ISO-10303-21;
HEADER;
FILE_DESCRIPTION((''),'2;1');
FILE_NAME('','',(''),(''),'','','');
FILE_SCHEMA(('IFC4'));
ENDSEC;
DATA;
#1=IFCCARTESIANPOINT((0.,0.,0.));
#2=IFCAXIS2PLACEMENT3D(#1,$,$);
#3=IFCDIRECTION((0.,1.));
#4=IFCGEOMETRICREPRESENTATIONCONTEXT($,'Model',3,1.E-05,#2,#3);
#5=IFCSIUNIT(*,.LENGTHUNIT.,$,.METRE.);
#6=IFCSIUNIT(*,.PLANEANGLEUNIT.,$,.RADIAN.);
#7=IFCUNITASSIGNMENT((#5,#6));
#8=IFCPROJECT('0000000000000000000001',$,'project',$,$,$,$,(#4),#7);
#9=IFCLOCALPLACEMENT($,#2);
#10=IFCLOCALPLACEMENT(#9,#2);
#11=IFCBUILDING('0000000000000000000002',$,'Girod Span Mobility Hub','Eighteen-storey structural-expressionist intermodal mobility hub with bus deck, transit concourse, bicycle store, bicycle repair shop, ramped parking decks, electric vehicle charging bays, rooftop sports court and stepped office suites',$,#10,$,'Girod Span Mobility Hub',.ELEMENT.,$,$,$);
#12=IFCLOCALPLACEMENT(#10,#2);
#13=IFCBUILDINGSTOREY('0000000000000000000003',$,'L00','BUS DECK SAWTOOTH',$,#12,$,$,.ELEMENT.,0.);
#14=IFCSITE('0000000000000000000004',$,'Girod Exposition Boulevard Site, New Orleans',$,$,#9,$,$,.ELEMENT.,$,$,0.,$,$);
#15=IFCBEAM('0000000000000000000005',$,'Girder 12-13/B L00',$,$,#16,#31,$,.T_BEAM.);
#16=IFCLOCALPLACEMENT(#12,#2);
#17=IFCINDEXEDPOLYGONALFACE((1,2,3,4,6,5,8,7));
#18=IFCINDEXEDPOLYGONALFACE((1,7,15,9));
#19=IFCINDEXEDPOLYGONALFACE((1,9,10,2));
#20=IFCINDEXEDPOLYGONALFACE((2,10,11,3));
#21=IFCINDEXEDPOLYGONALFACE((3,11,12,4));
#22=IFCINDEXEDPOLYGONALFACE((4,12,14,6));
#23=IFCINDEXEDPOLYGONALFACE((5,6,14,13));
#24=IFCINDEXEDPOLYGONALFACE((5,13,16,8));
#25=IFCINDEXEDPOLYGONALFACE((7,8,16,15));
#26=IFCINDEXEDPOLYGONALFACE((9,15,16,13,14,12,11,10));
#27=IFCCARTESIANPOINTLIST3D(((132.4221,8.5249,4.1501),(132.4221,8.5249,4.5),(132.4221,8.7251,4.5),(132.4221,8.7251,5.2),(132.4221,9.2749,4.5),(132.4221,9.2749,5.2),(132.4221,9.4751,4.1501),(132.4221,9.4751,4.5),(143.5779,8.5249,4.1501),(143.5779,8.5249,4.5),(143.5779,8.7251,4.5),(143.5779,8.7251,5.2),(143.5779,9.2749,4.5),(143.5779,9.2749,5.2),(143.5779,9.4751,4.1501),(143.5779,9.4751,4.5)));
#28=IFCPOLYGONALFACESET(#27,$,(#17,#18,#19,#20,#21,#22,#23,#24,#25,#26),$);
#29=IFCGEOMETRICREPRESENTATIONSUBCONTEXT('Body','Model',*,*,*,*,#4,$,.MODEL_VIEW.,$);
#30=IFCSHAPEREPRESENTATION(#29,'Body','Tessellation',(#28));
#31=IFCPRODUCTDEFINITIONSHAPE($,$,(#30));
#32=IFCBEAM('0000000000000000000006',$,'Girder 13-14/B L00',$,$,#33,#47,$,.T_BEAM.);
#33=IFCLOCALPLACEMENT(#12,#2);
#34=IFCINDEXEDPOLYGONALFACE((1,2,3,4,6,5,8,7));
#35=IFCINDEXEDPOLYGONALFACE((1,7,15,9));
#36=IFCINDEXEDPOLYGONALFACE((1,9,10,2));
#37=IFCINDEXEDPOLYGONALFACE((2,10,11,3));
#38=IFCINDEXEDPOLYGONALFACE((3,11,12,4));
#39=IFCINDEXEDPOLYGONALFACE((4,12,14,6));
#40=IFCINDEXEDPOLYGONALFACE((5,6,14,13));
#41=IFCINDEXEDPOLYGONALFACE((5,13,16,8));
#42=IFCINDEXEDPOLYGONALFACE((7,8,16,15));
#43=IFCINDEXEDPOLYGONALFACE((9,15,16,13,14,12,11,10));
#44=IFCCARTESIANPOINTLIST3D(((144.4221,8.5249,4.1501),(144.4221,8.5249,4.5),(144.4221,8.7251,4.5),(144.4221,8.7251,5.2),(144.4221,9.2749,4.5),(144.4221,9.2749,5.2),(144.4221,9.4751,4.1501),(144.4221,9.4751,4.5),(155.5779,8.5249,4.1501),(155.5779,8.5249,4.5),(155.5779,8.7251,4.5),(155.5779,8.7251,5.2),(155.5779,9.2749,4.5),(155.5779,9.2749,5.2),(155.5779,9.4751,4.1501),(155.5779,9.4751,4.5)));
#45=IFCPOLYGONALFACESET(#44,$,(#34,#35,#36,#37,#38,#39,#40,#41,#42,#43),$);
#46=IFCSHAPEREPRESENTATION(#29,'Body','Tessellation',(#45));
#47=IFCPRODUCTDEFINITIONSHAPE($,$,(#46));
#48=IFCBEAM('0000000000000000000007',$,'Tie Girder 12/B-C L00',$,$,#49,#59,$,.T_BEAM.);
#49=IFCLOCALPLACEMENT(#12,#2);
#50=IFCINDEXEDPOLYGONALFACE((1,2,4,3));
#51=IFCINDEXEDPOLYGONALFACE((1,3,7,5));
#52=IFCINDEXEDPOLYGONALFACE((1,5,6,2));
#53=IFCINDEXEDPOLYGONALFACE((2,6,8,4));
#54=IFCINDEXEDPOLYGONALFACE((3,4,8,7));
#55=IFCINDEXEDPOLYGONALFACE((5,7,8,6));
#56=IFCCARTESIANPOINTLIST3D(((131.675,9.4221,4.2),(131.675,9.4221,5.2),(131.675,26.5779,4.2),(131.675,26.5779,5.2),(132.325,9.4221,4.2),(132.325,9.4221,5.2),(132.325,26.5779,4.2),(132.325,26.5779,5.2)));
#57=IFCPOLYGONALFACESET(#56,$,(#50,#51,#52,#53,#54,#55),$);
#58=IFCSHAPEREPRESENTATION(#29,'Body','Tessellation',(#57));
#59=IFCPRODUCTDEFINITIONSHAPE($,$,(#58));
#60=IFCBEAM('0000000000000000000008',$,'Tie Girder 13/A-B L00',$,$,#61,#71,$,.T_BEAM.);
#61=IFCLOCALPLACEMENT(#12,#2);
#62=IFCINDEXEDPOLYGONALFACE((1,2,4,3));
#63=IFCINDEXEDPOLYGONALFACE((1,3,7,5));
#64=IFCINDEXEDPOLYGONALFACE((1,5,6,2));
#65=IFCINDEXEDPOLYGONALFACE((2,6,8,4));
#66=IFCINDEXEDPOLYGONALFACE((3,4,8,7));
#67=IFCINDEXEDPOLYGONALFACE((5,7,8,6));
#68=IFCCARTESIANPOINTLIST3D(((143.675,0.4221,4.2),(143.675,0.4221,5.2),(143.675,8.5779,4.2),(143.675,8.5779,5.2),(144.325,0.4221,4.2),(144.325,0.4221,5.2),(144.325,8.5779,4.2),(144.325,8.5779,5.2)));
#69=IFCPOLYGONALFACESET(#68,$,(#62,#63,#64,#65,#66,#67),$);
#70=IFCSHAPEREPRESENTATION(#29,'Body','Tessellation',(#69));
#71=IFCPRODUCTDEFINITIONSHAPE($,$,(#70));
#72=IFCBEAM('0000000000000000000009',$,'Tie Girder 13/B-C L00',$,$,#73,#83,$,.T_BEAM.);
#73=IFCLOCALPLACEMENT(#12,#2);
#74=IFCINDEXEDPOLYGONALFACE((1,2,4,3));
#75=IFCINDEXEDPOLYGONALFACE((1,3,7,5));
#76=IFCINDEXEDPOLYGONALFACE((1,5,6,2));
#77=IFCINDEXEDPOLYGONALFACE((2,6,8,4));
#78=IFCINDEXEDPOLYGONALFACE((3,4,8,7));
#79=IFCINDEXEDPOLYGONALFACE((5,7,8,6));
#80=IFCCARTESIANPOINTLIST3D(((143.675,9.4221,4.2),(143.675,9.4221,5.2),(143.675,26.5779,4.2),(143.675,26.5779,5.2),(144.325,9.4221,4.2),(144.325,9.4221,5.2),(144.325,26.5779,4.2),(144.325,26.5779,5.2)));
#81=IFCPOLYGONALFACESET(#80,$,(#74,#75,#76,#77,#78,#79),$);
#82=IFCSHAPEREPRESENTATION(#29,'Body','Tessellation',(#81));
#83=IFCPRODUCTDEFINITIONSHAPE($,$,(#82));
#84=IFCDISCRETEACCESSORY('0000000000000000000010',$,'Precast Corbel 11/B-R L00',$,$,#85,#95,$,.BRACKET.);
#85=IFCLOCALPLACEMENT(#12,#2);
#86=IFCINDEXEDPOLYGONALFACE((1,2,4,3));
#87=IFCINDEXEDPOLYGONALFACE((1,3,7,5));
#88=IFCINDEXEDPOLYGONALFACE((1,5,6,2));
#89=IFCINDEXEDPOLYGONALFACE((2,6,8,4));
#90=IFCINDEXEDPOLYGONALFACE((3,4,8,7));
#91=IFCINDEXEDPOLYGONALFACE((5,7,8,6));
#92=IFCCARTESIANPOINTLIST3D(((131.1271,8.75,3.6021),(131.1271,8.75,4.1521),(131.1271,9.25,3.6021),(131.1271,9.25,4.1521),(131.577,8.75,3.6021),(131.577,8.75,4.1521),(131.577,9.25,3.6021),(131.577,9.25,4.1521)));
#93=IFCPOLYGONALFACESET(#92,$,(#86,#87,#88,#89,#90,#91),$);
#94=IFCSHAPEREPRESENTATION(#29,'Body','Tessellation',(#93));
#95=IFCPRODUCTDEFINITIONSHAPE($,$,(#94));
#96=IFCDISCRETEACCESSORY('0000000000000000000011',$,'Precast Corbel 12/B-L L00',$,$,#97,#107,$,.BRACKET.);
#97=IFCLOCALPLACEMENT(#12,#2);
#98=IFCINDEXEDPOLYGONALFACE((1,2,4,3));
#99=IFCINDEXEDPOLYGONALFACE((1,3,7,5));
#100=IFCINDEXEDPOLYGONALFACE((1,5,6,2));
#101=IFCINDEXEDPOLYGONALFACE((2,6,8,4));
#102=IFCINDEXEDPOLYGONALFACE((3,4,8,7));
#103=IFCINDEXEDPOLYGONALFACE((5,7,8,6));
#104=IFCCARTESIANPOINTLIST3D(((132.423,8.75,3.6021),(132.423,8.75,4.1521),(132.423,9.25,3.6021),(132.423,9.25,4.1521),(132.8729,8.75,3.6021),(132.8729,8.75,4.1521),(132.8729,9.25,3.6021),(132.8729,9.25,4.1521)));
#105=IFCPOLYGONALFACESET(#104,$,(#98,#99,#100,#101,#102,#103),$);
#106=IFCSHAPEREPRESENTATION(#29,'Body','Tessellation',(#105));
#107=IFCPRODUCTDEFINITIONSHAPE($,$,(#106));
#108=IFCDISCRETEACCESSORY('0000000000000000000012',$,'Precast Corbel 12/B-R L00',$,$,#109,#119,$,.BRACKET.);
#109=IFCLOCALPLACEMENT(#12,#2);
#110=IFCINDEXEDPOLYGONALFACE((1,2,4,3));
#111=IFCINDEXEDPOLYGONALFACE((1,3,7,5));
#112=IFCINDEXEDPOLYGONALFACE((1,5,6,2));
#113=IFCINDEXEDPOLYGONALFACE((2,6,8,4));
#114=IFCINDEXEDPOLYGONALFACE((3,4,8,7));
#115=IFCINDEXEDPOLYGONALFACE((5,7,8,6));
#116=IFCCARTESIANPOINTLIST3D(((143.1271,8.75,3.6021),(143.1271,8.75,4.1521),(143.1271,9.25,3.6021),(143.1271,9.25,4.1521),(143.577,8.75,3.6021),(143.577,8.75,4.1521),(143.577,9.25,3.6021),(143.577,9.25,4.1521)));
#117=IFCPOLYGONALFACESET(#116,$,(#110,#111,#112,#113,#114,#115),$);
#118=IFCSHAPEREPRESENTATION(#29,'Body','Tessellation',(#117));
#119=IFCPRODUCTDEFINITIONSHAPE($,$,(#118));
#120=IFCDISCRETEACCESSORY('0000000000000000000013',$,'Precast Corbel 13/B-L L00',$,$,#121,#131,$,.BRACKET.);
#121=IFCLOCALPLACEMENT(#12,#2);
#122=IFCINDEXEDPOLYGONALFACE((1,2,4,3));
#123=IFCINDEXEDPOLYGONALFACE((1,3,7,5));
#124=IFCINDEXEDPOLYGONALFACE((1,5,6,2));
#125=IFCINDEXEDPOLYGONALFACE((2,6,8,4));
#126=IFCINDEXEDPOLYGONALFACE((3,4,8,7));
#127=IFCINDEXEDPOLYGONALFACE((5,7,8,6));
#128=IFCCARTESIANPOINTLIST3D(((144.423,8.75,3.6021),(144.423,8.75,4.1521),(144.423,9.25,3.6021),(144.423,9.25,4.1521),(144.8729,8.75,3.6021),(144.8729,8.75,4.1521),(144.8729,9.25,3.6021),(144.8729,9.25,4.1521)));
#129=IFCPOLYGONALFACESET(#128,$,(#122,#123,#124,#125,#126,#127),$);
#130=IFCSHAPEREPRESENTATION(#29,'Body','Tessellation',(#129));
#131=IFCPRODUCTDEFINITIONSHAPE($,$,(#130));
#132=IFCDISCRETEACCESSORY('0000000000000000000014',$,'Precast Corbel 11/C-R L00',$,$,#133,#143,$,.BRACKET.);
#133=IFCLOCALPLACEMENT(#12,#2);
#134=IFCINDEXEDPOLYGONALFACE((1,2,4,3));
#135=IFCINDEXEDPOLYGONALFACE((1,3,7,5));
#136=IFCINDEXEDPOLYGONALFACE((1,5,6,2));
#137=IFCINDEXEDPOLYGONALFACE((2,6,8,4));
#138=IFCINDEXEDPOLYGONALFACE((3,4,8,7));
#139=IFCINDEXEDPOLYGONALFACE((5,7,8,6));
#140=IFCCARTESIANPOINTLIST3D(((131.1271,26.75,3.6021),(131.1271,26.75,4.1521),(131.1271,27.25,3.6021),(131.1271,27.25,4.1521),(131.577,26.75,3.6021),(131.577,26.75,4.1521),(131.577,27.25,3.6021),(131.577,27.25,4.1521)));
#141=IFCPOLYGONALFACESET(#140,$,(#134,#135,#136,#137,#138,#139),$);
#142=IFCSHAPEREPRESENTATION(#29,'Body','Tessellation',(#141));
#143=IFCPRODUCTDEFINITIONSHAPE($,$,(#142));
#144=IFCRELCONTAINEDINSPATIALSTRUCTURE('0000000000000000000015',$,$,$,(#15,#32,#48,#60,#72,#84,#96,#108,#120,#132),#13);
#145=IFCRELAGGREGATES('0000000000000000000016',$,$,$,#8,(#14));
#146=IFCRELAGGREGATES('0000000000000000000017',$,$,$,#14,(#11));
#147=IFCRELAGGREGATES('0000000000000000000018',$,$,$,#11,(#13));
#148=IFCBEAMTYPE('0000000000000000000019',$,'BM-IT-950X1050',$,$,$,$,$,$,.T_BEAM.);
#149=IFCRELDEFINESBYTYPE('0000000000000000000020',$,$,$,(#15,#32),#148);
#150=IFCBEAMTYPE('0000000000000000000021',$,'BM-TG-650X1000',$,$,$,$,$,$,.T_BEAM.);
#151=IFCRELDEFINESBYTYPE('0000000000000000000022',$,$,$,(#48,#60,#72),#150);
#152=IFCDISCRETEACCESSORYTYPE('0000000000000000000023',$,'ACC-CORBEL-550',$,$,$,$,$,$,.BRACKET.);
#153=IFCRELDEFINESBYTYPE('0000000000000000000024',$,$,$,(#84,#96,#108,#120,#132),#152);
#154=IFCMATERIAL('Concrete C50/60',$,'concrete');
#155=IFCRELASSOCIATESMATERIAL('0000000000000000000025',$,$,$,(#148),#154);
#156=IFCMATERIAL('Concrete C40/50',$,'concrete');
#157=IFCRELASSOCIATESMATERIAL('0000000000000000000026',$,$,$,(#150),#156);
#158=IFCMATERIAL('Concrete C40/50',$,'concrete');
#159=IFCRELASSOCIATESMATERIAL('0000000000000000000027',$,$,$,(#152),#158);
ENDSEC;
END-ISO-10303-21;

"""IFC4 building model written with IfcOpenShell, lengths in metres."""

from ifc_helpers import new_model, si_unit, direction, frame, origin, origin_2d, place, context, subcontext, project, spatial, polyline, rectangle, outline, extrude, material, material_profile, profile_set, type_object, element, save


model = new_model("IFC4")

# Units and contexts
model_context = context("Model", 3, precision=1e-05, world=origin(), true_north=direction((0.0, 1.0)))
body_context = subcontext(model_context, "Body", "Model", "MODEL_VIEW")
ifc_project = project(units=[si_unit("LENGTHUNIT", "METRE"), si_unit("PLANEANGLEUNIT", "RADIAN")], contexts=[model_context])

# Site, building, storey
site_placement = place(None, origin())
site = spatial("IfcSite", under=ifc_project, at=site_placement, Name="Girod Exposition Boulevard Site, New Orleans", CompositionType="ELEMENT", RefElevation=0.0)
building_placement = place(site_placement, origin())
building = spatial("IfcBuilding", under=site, at=building_placement, Name="Girod Span Mobility Hub", Description="Eighteen-storey structural-expressionist intermodal mobility hub with bus deck, transit concourse, bicycle store, bicycle repair shop, ramped parking decks, electric vehicle charging bays, rooftop sports court and stepped office suites", LongName="Girod Span Mobility Hub", CompositionType="ELEMENT")
storey_placement = place(building_placement, origin())
storey = spatial("IfcBuildingStorey", under=building, at=storey_placement, Name="L00", Description="BUS DECK SAWTOOTH", CompositionType="ELEMENT", Elevation=0.0)

# Beams
ifc_material_1 = material(Name="Concrete C50/60", Category="concrete")
ifc_material_profile_1 = material_profile(ifc_material_1, outline(polyline([(-0.4751, -0.5249), (0.4751, -0.5249), (0.4751, -0.175), (0.2749, -0.175), (0.2749, 0.5249), (-0.2749, 0.5249), (-0.2749, -0.175), (-0.4751, -0.175), (-0.4751, -0.5249)])), Name="IT-950X1050")
ifc_profile_set_1 = profile_set([ifc_material_profile_1], Name="Concrete C50/60")
beam_type_1 = type_object("IfcBeamType", Name="BM-IT-950X1050", PredefinedType="T_BEAM", material=ifc_profile_set_1)
for number, where, z_axis, x_axis, name in (
    (1, (132.4221, 9.0, 4.675), (1.0, 0.0, 0.0), (0.0, 1.0, 0.0), "Girder 12-13/B L00"),
    (2, (144.4221, 9.0, 4.675), (1.0, 0.0, 0.0), (0.0, 1.0, 0.0), "Girder 13-14/B L00"),
):
    element("IfcBeam", number, at=place(storey_placement, frame(where, z_axis=z_axis, x_axis=x_axis)), inside=storey, type_object=beam_type_1, Name=name, PredefinedType="T_BEAM", context=body_context, shape_type="SweptSolid", body=[
        extrude(outline(polyline([(-0.4751, -0.5249), (0.4751, -0.5249), (0.4751, -0.175), (0.2749, -0.175), (0.2749, 0.5249), (-0.2749, 0.5249), (-0.2749, -0.175), (-0.4751, -0.175), (-0.4751, -0.5249)])), origin(), (0.0, 0.0, 1.0), 11.1558),
    ])
ifc_material_2 = material(Name="Concrete C40/50", Category="concrete")
ifc_material_profile_2 = material_profile(ifc_material_2, rectangle(XDim=0.6499, YDim=1.0, at=origin_2d()), Name="TG-650X1000")
ifc_profile_set_2 = profile_set([ifc_material_profile_2], Name="Concrete C40/50")
beam_type_2 = type_object("IfcBeamType", Name="BM-TG-650X1000", PredefinedType="T_BEAM", material=ifc_profile_set_2)
beam_1_placement = place(storey_placement, frame((132.0, 9.4221, 4.7), z_axis=(0.0, 1.0, 0.0), x_axis=(-1.0, 0.0, 0.0)))
element("IfcBeam", 3, at=beam_1_placement, inside=storey, type_object=beam_type_2, Name="Tie Girder 12/B-C L00", PredefinedType="T_BEAM", context=body_context, shape_type="SweptSolid", body=[
    extrude(rectangle(XDim=0.6499, YDim=1.0, at=origin_2d()), origin(), (0.0, 0.0, 1.0), 17.1558),
])
beam_2_placement = place(storey_placement, frame((144.0, 0.4221, 4.7), z_axis=(0.0, 1.0, 0.0), x_axis=(-1.0, 0.0, 0.0)))
element("IfcBeam", 4, at=beam_2_placement, inside=storey, type_object=beam_type_2, Name="Tie Girder 13/A-B L00", PredefinedType="T_BEAM", context=body_context, shape_type="SweptSolid", body=[
    extrude(rectangle(XDim=0.6499, YDim=1.0, at=origin_2d()), origin(), (0.0, 0.0, 1.0), 8.1558),
])
beam_3_placement = place(storey_placement, frame((144.0, 9.4221, 4.7), z_axis=(0.0, 1.0, 0.0), x_axis=(-1.0, 0.0, 0.0)))
element("IfcBeam", 5, at=beam_3_placement, inside=storey, type_object=beam_type_2, Name="Tie Girder 13/B-C L00", PredefinedType="T_BEAM", context=body_context, shape_type="SweptSolid", body=[
    extrude(rectangle(XDim=0.6499, YDim=1.0, at=origin_2d()), origin(), (0.0, 0.0, 1.0), 17.1558),
])

# Discrete accessories
ifc_material_3 = material(Name="Concrete C40/50", Category="concrete")
discrete_accessory_type = type_object("IfcDiscreteAccessoryType", Name="ACC-CORBEL-550", PredefinedType="BRACKET", material=ifc_material_3)
for number, where, z_axis, x_axis, name in (
    (6, (131.3521, 9.0, 3.6021), (0.0, 0.0, 1.0), (1.0, 0.0, 0.0), "Precast Corbel 11/B-R L00"),
    (7, (132.6479, 9.0, 3.6021), (0.0, 0.0, 1.0), (1.0, 0.0, 0.0), "Precast Corbel 12/B-L L00"),
    (8, (143.3521, 9.0, 3.6021), (0.0, 0.0, 1.0), (1.0, 0.0, 0.0), "Precast Corbel 12/B-R L00"),
    (9, (144.6479, 9.0, 3.6021), (0.0, 0.0, 1.0), (1.0, 0.0, 0.0), "Precast Corbel 13/B-L L00"),
    (10, (131.3521, 27.0, 3.6021), (0.0, 0.0, 1.0), (1.0, 0.0, 0.0), "Precast Corbel 11/C-R L00"),
):
    element("IfcDiscreteAccessory", number, at=place(storey_placement, frame(where, z_axis=z_axis, x_axis=x_axis)), inside=storey, type_object=discrete_accessory_type, Name=name, PredefinedType="BRACKET", context=body_context, shape_type="SweptSolid", body=[
        extrude(rectangle(XDim=0.45, YDim=0.5, at=origin_2d()), origin(), (0.0, 0.0, 1.0), 0.55),
    ])

save(model, "model.ifc")
